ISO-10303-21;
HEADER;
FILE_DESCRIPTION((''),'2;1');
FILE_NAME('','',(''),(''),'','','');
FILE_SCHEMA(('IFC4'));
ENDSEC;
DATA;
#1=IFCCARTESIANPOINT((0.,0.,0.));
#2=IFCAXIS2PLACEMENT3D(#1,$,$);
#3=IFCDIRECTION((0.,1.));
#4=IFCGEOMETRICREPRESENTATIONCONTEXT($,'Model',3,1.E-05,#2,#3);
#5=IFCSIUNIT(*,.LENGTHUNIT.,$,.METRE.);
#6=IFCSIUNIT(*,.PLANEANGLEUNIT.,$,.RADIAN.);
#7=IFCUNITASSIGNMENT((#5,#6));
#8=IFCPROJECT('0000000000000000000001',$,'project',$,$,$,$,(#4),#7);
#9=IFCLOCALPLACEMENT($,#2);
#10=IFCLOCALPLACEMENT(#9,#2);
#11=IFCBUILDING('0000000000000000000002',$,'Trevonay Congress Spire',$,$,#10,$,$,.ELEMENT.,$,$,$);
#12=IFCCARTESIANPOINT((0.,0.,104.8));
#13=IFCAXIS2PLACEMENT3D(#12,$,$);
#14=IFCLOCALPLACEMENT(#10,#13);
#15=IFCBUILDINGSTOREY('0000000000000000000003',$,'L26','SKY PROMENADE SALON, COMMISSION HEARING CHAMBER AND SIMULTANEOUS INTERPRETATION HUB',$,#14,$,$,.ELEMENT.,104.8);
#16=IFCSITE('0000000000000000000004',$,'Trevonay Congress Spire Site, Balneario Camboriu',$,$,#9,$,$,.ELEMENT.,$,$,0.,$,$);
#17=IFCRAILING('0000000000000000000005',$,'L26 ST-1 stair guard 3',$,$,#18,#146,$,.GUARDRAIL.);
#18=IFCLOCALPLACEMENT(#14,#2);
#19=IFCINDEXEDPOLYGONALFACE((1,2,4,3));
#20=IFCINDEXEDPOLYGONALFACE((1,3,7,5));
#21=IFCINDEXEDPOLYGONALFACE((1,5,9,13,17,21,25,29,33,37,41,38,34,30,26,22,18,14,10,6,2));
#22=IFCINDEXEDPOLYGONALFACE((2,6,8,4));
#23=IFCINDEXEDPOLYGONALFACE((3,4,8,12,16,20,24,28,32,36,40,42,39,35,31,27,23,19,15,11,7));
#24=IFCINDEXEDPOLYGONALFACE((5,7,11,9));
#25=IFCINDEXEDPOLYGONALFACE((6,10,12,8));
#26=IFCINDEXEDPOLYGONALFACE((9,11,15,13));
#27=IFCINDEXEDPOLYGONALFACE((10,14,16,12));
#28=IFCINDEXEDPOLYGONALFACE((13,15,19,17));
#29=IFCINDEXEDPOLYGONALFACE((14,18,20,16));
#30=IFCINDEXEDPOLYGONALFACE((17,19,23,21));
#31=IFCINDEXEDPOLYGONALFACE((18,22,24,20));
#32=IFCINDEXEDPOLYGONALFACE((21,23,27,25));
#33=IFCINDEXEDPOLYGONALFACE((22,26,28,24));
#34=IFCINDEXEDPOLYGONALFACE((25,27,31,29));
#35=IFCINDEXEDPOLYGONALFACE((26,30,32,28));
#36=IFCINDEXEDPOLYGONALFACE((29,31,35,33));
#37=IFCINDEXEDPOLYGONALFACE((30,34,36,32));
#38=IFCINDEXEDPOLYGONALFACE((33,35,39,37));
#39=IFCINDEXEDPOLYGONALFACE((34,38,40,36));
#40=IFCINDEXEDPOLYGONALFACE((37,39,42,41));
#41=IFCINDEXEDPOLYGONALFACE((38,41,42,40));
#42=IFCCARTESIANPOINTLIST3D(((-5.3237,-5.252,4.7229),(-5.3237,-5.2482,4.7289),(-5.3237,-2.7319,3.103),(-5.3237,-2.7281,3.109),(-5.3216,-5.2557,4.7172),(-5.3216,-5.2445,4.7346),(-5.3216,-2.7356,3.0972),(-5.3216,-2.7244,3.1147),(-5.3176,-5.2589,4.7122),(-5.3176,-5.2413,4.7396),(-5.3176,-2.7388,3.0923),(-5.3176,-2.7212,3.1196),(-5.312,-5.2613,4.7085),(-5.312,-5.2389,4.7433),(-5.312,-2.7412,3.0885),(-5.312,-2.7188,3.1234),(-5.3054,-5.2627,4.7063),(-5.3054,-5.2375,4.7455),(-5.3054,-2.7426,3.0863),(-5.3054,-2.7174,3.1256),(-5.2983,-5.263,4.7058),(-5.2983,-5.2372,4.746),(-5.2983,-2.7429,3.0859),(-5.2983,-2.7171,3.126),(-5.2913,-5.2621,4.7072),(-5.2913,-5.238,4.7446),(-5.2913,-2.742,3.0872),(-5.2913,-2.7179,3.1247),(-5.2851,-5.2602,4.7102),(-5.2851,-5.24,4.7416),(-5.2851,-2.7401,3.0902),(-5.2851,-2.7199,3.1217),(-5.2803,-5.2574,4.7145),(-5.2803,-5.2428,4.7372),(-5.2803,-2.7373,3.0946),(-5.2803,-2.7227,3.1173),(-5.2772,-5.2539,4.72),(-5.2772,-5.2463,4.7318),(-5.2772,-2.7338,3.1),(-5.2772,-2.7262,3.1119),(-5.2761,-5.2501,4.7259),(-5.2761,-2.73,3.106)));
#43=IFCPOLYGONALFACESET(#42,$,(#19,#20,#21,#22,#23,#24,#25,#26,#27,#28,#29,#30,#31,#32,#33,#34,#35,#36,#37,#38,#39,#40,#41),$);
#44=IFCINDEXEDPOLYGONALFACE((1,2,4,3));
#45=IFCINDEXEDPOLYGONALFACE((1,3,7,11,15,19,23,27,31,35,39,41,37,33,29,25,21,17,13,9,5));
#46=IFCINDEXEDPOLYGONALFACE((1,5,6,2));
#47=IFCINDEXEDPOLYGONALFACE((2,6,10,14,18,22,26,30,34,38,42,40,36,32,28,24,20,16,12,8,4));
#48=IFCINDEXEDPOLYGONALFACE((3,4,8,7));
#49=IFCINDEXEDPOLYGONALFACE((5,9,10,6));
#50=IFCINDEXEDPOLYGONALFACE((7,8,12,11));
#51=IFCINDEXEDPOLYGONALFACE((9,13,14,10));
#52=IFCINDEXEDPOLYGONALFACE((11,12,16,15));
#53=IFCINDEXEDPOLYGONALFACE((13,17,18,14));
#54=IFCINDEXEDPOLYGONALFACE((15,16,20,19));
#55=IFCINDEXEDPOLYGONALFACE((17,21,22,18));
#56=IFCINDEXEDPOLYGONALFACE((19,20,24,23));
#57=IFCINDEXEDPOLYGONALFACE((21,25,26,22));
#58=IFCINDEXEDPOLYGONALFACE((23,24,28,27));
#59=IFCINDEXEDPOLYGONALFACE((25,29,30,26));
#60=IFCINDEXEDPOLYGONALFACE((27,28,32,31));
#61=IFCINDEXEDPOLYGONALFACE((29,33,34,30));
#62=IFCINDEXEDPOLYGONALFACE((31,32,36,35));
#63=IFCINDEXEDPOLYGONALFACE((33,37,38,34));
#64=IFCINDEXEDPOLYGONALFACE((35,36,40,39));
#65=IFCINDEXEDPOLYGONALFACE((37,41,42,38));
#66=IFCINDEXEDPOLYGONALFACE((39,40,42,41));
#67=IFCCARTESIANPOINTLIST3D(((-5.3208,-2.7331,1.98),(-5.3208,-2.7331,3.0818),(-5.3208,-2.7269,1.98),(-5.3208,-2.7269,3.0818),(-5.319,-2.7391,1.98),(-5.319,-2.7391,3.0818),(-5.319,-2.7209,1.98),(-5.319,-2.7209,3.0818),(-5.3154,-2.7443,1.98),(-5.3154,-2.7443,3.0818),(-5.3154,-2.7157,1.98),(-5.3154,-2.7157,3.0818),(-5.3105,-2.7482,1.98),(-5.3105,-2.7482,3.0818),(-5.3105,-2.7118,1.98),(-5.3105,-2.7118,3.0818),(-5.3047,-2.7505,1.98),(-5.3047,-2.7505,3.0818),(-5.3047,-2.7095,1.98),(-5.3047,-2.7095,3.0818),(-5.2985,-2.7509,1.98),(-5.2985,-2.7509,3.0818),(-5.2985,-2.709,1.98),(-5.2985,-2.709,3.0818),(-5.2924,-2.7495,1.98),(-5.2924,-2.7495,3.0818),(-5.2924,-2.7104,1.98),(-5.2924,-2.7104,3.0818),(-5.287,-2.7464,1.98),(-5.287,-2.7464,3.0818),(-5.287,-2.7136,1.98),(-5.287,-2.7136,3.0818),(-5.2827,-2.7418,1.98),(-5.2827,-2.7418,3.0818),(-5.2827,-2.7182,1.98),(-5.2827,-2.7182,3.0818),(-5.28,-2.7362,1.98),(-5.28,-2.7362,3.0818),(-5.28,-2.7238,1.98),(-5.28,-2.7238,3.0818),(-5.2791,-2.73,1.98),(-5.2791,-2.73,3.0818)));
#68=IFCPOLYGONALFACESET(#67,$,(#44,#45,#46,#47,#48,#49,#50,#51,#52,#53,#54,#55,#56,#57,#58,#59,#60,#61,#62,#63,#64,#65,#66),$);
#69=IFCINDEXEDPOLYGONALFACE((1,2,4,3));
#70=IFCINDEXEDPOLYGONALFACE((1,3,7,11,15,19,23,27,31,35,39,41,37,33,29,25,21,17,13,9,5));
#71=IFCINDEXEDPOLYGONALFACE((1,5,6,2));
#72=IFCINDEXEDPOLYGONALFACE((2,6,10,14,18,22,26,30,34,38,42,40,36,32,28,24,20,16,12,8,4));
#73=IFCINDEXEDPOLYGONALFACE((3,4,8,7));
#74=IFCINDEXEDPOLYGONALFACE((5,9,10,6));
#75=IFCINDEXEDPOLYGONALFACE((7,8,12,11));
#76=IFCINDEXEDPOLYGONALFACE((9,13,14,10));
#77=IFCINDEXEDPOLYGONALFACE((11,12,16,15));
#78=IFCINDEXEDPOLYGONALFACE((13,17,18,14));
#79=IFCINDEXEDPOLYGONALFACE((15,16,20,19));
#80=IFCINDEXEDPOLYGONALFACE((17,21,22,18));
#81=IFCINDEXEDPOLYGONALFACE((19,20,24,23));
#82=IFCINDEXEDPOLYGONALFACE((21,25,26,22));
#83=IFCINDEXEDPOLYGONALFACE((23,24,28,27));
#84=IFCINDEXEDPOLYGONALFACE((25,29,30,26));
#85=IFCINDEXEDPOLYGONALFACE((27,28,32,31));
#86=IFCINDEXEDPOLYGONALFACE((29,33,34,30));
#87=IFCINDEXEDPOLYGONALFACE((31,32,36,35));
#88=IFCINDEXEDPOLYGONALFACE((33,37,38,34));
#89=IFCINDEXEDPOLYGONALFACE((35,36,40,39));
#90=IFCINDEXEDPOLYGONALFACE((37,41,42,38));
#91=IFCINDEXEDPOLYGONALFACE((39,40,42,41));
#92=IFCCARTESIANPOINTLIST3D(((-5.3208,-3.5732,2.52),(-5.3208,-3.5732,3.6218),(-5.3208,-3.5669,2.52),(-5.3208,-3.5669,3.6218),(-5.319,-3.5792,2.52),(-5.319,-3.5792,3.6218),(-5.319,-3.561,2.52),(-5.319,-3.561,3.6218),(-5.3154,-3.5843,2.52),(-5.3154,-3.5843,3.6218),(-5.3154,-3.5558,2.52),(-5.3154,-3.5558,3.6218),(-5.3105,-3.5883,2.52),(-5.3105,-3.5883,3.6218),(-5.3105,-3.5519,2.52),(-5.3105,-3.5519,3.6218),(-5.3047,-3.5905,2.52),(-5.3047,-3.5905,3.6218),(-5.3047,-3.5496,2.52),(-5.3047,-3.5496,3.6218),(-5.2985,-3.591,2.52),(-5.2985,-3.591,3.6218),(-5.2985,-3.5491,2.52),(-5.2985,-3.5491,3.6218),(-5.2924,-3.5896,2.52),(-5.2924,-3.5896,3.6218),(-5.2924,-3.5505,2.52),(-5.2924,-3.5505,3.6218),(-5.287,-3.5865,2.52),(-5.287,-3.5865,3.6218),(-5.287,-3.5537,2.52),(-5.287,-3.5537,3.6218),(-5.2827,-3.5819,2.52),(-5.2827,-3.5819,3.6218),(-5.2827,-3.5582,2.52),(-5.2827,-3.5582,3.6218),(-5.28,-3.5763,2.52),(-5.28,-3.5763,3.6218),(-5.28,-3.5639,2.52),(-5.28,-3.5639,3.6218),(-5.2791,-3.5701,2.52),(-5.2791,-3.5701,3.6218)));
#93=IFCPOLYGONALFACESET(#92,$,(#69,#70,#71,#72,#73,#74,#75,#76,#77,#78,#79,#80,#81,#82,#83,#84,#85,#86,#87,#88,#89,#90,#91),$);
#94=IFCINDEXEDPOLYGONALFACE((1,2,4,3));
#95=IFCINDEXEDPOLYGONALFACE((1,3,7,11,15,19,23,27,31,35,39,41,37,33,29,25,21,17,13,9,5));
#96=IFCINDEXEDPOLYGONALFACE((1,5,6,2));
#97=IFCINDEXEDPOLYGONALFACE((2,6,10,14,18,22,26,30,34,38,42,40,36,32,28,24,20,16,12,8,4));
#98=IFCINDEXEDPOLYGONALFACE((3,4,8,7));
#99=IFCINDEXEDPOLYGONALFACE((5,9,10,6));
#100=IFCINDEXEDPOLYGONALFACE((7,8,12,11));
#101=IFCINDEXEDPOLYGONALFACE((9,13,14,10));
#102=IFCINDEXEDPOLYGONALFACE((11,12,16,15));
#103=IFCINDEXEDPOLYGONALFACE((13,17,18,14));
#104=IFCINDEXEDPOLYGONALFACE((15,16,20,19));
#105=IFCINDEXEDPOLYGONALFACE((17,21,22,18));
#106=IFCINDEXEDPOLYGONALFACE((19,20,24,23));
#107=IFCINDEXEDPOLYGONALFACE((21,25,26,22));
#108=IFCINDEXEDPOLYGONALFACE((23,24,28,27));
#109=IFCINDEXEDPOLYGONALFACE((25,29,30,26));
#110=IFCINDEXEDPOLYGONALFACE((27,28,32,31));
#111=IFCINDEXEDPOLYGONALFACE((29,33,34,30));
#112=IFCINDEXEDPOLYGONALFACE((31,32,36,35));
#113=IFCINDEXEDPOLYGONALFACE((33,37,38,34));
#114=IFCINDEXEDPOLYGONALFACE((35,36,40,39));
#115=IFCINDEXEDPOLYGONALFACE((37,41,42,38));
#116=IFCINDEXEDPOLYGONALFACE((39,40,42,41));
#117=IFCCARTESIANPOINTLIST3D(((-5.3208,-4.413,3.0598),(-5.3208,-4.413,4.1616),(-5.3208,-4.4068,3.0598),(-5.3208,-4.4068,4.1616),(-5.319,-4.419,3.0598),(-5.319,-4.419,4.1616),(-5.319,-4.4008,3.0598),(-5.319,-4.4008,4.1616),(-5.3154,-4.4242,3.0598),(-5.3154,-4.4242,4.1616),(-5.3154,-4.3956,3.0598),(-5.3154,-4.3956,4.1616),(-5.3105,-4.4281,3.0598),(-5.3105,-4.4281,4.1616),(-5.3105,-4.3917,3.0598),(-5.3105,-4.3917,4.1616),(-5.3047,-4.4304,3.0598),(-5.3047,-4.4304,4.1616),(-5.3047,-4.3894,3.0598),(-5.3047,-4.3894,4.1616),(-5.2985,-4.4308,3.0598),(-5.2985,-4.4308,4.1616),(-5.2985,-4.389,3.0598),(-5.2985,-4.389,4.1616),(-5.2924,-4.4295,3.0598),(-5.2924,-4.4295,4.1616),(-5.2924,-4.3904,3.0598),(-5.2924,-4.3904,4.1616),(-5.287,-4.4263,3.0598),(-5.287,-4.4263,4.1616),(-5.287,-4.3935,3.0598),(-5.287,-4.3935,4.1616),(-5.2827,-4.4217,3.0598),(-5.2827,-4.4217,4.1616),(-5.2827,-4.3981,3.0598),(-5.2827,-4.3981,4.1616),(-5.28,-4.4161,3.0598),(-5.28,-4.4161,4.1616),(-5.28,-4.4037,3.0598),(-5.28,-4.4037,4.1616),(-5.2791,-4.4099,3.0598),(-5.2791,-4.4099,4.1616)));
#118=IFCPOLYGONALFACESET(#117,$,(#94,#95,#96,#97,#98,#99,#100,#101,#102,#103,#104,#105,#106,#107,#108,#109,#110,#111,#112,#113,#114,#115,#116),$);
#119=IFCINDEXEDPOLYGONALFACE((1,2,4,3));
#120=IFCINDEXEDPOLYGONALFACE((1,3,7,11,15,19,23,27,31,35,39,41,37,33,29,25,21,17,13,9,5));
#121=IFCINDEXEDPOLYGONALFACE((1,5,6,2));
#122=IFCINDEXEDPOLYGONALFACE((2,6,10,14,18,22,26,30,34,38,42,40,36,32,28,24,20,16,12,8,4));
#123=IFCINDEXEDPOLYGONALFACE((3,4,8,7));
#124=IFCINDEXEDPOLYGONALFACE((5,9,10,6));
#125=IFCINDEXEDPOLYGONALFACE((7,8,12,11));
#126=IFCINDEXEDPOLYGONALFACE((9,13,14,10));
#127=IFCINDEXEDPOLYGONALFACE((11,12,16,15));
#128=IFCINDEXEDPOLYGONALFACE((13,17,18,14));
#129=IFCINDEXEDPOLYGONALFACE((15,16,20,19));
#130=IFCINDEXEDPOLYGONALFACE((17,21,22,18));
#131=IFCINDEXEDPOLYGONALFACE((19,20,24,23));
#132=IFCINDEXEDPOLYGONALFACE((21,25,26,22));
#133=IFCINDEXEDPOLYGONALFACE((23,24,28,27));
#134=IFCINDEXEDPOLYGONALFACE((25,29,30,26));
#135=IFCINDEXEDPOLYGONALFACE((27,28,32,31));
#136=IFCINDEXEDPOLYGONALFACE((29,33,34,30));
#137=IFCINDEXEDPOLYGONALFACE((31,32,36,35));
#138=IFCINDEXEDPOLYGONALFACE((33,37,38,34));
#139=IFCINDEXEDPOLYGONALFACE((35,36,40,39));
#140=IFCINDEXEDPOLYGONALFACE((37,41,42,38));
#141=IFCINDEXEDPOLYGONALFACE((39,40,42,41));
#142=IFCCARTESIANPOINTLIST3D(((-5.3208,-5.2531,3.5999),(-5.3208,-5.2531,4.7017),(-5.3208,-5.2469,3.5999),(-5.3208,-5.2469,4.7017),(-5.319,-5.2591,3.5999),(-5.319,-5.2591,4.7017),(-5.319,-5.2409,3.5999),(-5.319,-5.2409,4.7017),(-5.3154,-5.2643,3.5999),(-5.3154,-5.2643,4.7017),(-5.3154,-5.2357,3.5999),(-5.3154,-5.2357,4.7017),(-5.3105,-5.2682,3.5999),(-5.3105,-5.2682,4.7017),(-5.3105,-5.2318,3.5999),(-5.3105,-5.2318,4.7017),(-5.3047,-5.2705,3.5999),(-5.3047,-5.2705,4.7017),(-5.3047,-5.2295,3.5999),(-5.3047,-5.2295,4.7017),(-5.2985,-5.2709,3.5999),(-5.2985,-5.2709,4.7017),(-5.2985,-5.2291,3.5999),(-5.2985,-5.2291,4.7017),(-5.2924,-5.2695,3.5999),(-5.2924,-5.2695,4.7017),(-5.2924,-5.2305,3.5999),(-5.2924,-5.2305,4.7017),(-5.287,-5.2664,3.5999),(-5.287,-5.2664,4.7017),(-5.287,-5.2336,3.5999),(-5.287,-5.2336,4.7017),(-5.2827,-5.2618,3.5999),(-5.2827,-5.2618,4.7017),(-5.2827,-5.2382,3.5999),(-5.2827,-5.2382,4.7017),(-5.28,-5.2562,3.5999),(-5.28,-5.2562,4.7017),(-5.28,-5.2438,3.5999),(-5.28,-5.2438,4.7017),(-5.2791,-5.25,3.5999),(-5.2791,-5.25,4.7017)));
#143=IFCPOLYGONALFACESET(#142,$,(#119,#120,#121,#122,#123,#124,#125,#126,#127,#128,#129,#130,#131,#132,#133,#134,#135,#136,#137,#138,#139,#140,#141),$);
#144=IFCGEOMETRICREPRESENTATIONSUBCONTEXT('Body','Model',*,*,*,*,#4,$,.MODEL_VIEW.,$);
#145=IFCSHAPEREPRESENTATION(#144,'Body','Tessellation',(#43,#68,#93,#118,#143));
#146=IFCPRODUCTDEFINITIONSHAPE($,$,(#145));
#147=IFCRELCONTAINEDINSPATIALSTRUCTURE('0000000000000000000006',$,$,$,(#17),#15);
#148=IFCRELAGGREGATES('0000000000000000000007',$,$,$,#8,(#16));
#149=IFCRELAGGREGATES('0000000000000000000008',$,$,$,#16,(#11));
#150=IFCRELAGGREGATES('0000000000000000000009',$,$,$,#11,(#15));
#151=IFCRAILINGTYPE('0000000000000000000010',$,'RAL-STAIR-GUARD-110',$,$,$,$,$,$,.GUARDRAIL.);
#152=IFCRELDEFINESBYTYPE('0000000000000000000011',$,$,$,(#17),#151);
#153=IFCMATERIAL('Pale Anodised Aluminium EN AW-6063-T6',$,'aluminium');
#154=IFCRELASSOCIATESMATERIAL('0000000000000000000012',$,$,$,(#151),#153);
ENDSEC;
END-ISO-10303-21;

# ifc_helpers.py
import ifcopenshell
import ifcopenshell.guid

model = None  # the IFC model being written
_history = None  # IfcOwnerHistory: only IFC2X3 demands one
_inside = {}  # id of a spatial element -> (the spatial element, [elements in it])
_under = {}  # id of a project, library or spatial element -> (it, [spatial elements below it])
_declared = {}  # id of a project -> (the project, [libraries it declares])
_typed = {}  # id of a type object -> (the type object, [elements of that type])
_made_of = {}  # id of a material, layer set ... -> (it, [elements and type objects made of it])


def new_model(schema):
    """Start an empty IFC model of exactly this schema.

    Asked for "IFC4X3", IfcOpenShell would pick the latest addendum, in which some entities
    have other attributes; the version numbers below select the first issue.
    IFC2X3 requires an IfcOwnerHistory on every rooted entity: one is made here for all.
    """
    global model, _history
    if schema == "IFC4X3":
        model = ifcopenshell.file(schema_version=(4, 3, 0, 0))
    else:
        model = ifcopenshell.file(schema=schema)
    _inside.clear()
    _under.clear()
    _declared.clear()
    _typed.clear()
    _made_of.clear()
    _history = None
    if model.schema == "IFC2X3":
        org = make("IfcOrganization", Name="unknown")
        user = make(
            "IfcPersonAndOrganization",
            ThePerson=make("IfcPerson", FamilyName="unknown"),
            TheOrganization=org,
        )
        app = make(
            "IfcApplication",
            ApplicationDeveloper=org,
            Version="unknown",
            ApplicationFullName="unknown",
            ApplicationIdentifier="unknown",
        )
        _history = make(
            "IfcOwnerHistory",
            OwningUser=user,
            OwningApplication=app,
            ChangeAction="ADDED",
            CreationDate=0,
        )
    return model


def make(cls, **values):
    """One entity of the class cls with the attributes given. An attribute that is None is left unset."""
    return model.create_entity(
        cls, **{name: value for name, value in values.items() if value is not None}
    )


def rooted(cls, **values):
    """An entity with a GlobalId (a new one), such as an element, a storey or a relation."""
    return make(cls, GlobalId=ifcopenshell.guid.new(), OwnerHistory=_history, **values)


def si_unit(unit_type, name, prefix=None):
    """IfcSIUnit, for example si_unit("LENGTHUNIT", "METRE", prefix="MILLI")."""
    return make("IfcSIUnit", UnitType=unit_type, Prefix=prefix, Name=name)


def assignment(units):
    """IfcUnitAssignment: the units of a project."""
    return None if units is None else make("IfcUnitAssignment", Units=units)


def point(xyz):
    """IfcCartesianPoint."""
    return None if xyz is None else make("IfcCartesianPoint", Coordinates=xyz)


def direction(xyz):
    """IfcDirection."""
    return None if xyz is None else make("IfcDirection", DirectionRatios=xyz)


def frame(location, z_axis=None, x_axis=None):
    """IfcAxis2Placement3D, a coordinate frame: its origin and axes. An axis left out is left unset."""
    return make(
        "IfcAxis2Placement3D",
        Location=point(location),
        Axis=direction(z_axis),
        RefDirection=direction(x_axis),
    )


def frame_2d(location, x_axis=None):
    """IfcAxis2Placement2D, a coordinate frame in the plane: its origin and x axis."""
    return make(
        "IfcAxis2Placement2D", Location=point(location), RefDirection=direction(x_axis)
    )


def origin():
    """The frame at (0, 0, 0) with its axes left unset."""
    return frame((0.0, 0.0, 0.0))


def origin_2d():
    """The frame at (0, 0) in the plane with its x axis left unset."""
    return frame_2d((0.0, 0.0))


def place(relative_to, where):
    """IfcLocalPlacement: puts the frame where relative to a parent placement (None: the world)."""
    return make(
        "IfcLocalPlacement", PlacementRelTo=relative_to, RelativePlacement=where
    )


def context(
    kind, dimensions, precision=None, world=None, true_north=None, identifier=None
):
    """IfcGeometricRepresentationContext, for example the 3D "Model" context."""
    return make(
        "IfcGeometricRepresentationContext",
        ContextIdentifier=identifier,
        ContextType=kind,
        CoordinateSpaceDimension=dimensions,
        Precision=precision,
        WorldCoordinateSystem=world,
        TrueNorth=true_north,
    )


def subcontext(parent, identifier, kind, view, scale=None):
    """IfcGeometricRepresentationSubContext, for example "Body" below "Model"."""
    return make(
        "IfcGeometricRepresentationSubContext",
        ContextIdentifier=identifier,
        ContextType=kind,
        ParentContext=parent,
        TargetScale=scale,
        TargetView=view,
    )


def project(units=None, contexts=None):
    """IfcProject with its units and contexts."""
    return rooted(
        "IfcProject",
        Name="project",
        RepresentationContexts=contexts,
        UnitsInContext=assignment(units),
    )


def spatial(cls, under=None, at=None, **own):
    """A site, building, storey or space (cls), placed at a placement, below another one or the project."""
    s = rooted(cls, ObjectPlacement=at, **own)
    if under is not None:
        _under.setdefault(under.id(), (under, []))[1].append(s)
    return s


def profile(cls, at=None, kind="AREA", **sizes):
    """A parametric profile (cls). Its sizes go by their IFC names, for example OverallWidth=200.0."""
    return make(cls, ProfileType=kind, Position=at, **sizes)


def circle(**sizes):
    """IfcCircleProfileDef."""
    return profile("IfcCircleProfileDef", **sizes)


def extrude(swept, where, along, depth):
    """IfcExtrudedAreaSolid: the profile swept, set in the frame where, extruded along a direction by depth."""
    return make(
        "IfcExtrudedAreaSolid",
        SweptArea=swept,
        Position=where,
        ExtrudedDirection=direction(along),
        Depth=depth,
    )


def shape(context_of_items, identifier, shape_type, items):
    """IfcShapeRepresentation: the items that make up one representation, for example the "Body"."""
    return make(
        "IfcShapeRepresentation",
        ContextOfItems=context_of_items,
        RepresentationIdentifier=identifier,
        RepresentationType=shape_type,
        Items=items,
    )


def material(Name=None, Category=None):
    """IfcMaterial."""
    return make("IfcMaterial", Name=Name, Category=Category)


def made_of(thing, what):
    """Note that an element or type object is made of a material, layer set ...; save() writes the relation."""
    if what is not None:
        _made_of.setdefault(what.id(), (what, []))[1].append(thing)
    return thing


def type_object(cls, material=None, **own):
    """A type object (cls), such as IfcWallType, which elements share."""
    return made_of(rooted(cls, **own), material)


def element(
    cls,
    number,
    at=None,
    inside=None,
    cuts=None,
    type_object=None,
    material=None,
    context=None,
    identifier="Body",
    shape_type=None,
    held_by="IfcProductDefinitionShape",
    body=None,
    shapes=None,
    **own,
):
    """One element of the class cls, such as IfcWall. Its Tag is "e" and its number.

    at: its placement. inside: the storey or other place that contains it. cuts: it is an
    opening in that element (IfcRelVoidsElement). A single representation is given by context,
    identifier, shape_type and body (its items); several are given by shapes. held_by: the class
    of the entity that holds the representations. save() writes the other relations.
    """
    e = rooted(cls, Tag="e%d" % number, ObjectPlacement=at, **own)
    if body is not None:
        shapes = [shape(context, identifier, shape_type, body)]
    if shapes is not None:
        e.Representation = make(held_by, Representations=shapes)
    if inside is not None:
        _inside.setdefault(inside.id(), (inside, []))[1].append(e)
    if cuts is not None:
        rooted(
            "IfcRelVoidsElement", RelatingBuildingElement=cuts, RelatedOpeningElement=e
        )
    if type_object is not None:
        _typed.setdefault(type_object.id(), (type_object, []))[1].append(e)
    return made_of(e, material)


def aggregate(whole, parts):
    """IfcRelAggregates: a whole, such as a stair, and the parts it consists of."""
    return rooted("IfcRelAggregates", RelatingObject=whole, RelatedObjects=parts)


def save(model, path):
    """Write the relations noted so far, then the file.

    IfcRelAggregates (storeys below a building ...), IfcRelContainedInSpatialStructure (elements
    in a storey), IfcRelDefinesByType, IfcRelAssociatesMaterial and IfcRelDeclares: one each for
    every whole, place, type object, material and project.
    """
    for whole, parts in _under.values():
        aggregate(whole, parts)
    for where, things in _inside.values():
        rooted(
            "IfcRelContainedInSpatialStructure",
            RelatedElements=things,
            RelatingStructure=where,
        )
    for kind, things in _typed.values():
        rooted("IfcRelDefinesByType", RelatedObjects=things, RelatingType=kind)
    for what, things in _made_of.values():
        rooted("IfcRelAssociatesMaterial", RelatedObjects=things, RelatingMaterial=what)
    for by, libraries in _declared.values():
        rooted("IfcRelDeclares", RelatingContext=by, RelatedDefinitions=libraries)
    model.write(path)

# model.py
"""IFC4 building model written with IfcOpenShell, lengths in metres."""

from ifc_helpers import new_model, si_unit, direction, frame, origin, origin_2d, place, context, subcontext, project, spatial, circle, extrude, material, type_object, element, save


model = new_model("IFC4")

# Units and contexts
model_context = context("Model", 3, precision=1e-05, world=origin(), true_north=direction((0.0, 1.0)))
body_context = subcontext(model_context, "Body", "Model", "MODEL_VIEW")
ifc_project = project(units=[si_unit("LENGTHUNIT", "METRE"), si_unit("PLANEANGLEUNIT", "RADIAN")], contexts=[model_context])

# Site, building, storey
site_placement = place(None, origin())
site = spatial("IfcSite", under=ifc_project, at=site_placement, Name="Trevonay Congress Spire Site, Balneario Camboriu", CompositionType="ELEMENT", RefElevation=0.0)
building_placement = place(site_placement, origin())
building = spatial("IfcBuilding", under=site, at=building_placement, Name="Trevonay Congress Spire", CompositionType="ELEMENT")
storey_placement = place(building_placement, frame((0.0, 0.0, 104.8)))
storey = spatial("IfcBuildingStorey", under=building, at=storey_placement, Name="L26", Description="SKY PROMENADE SALON, COMMISSION HEARING CHAMBER AND SIMULTANEOUS INTERPRETATION HUB", CompositionType="ELEMENT", Elevation=104.8)

# Railing
ifc_material_1 = material(Name="Pale Anodised Aluminium EN AW-6063-T6", Category="aluminium")
railing_type_1 = type_object("IfcRailingType", Name="RAL-STAIR-GUARD-110", PredefinedType="GUARDRAIL", material=ifc_material_1)
railing_1_placement = place(storey_placement, frame((-5.3, -2.73, 1.98)))
element("IfcRailing", 1, at=railing_1_placement, inside=storey, type_object=railing_type_1, Name="L26 ST-1 stair guard 3", PredefinedType="GUARDRAIL", context=body_context, shape_type="SweptSolid", body=[
    extrude(circle(Radius=0.0239, at=origin_2d()), frame((0.0, 0.0, 1.126), z_axis=(0.0, -0.8412, 0.540725), x_axis=(1.0, 0.0, 0.0)), (0.0, 0.0, 1.0), 2.9958),
    extrude(circle(Radius=0.021, at=origin_2d()), origin(), (0.0, 0.0, 1.0), 1.1018),
    extrude(circle(Radius=0.021, at=origin_2d()), frame((0.0, -0.8401, 0.54)), (0.0, 0.0, 1.0), 1.1018),
    extrude(circle(Radius=0.021, at=origin_2d()), frame((0.0, -1.6799, 1.0798)), (0.0, 0.0, 1.0), 1.1018),
    extrude(circle(Radius=0.021, at=origin_2d()), frame((0.0, -2.52, 1.6199)), (0.0, 0.0, 1.0), 1.1018),
])

save(model, "model.ifc")
